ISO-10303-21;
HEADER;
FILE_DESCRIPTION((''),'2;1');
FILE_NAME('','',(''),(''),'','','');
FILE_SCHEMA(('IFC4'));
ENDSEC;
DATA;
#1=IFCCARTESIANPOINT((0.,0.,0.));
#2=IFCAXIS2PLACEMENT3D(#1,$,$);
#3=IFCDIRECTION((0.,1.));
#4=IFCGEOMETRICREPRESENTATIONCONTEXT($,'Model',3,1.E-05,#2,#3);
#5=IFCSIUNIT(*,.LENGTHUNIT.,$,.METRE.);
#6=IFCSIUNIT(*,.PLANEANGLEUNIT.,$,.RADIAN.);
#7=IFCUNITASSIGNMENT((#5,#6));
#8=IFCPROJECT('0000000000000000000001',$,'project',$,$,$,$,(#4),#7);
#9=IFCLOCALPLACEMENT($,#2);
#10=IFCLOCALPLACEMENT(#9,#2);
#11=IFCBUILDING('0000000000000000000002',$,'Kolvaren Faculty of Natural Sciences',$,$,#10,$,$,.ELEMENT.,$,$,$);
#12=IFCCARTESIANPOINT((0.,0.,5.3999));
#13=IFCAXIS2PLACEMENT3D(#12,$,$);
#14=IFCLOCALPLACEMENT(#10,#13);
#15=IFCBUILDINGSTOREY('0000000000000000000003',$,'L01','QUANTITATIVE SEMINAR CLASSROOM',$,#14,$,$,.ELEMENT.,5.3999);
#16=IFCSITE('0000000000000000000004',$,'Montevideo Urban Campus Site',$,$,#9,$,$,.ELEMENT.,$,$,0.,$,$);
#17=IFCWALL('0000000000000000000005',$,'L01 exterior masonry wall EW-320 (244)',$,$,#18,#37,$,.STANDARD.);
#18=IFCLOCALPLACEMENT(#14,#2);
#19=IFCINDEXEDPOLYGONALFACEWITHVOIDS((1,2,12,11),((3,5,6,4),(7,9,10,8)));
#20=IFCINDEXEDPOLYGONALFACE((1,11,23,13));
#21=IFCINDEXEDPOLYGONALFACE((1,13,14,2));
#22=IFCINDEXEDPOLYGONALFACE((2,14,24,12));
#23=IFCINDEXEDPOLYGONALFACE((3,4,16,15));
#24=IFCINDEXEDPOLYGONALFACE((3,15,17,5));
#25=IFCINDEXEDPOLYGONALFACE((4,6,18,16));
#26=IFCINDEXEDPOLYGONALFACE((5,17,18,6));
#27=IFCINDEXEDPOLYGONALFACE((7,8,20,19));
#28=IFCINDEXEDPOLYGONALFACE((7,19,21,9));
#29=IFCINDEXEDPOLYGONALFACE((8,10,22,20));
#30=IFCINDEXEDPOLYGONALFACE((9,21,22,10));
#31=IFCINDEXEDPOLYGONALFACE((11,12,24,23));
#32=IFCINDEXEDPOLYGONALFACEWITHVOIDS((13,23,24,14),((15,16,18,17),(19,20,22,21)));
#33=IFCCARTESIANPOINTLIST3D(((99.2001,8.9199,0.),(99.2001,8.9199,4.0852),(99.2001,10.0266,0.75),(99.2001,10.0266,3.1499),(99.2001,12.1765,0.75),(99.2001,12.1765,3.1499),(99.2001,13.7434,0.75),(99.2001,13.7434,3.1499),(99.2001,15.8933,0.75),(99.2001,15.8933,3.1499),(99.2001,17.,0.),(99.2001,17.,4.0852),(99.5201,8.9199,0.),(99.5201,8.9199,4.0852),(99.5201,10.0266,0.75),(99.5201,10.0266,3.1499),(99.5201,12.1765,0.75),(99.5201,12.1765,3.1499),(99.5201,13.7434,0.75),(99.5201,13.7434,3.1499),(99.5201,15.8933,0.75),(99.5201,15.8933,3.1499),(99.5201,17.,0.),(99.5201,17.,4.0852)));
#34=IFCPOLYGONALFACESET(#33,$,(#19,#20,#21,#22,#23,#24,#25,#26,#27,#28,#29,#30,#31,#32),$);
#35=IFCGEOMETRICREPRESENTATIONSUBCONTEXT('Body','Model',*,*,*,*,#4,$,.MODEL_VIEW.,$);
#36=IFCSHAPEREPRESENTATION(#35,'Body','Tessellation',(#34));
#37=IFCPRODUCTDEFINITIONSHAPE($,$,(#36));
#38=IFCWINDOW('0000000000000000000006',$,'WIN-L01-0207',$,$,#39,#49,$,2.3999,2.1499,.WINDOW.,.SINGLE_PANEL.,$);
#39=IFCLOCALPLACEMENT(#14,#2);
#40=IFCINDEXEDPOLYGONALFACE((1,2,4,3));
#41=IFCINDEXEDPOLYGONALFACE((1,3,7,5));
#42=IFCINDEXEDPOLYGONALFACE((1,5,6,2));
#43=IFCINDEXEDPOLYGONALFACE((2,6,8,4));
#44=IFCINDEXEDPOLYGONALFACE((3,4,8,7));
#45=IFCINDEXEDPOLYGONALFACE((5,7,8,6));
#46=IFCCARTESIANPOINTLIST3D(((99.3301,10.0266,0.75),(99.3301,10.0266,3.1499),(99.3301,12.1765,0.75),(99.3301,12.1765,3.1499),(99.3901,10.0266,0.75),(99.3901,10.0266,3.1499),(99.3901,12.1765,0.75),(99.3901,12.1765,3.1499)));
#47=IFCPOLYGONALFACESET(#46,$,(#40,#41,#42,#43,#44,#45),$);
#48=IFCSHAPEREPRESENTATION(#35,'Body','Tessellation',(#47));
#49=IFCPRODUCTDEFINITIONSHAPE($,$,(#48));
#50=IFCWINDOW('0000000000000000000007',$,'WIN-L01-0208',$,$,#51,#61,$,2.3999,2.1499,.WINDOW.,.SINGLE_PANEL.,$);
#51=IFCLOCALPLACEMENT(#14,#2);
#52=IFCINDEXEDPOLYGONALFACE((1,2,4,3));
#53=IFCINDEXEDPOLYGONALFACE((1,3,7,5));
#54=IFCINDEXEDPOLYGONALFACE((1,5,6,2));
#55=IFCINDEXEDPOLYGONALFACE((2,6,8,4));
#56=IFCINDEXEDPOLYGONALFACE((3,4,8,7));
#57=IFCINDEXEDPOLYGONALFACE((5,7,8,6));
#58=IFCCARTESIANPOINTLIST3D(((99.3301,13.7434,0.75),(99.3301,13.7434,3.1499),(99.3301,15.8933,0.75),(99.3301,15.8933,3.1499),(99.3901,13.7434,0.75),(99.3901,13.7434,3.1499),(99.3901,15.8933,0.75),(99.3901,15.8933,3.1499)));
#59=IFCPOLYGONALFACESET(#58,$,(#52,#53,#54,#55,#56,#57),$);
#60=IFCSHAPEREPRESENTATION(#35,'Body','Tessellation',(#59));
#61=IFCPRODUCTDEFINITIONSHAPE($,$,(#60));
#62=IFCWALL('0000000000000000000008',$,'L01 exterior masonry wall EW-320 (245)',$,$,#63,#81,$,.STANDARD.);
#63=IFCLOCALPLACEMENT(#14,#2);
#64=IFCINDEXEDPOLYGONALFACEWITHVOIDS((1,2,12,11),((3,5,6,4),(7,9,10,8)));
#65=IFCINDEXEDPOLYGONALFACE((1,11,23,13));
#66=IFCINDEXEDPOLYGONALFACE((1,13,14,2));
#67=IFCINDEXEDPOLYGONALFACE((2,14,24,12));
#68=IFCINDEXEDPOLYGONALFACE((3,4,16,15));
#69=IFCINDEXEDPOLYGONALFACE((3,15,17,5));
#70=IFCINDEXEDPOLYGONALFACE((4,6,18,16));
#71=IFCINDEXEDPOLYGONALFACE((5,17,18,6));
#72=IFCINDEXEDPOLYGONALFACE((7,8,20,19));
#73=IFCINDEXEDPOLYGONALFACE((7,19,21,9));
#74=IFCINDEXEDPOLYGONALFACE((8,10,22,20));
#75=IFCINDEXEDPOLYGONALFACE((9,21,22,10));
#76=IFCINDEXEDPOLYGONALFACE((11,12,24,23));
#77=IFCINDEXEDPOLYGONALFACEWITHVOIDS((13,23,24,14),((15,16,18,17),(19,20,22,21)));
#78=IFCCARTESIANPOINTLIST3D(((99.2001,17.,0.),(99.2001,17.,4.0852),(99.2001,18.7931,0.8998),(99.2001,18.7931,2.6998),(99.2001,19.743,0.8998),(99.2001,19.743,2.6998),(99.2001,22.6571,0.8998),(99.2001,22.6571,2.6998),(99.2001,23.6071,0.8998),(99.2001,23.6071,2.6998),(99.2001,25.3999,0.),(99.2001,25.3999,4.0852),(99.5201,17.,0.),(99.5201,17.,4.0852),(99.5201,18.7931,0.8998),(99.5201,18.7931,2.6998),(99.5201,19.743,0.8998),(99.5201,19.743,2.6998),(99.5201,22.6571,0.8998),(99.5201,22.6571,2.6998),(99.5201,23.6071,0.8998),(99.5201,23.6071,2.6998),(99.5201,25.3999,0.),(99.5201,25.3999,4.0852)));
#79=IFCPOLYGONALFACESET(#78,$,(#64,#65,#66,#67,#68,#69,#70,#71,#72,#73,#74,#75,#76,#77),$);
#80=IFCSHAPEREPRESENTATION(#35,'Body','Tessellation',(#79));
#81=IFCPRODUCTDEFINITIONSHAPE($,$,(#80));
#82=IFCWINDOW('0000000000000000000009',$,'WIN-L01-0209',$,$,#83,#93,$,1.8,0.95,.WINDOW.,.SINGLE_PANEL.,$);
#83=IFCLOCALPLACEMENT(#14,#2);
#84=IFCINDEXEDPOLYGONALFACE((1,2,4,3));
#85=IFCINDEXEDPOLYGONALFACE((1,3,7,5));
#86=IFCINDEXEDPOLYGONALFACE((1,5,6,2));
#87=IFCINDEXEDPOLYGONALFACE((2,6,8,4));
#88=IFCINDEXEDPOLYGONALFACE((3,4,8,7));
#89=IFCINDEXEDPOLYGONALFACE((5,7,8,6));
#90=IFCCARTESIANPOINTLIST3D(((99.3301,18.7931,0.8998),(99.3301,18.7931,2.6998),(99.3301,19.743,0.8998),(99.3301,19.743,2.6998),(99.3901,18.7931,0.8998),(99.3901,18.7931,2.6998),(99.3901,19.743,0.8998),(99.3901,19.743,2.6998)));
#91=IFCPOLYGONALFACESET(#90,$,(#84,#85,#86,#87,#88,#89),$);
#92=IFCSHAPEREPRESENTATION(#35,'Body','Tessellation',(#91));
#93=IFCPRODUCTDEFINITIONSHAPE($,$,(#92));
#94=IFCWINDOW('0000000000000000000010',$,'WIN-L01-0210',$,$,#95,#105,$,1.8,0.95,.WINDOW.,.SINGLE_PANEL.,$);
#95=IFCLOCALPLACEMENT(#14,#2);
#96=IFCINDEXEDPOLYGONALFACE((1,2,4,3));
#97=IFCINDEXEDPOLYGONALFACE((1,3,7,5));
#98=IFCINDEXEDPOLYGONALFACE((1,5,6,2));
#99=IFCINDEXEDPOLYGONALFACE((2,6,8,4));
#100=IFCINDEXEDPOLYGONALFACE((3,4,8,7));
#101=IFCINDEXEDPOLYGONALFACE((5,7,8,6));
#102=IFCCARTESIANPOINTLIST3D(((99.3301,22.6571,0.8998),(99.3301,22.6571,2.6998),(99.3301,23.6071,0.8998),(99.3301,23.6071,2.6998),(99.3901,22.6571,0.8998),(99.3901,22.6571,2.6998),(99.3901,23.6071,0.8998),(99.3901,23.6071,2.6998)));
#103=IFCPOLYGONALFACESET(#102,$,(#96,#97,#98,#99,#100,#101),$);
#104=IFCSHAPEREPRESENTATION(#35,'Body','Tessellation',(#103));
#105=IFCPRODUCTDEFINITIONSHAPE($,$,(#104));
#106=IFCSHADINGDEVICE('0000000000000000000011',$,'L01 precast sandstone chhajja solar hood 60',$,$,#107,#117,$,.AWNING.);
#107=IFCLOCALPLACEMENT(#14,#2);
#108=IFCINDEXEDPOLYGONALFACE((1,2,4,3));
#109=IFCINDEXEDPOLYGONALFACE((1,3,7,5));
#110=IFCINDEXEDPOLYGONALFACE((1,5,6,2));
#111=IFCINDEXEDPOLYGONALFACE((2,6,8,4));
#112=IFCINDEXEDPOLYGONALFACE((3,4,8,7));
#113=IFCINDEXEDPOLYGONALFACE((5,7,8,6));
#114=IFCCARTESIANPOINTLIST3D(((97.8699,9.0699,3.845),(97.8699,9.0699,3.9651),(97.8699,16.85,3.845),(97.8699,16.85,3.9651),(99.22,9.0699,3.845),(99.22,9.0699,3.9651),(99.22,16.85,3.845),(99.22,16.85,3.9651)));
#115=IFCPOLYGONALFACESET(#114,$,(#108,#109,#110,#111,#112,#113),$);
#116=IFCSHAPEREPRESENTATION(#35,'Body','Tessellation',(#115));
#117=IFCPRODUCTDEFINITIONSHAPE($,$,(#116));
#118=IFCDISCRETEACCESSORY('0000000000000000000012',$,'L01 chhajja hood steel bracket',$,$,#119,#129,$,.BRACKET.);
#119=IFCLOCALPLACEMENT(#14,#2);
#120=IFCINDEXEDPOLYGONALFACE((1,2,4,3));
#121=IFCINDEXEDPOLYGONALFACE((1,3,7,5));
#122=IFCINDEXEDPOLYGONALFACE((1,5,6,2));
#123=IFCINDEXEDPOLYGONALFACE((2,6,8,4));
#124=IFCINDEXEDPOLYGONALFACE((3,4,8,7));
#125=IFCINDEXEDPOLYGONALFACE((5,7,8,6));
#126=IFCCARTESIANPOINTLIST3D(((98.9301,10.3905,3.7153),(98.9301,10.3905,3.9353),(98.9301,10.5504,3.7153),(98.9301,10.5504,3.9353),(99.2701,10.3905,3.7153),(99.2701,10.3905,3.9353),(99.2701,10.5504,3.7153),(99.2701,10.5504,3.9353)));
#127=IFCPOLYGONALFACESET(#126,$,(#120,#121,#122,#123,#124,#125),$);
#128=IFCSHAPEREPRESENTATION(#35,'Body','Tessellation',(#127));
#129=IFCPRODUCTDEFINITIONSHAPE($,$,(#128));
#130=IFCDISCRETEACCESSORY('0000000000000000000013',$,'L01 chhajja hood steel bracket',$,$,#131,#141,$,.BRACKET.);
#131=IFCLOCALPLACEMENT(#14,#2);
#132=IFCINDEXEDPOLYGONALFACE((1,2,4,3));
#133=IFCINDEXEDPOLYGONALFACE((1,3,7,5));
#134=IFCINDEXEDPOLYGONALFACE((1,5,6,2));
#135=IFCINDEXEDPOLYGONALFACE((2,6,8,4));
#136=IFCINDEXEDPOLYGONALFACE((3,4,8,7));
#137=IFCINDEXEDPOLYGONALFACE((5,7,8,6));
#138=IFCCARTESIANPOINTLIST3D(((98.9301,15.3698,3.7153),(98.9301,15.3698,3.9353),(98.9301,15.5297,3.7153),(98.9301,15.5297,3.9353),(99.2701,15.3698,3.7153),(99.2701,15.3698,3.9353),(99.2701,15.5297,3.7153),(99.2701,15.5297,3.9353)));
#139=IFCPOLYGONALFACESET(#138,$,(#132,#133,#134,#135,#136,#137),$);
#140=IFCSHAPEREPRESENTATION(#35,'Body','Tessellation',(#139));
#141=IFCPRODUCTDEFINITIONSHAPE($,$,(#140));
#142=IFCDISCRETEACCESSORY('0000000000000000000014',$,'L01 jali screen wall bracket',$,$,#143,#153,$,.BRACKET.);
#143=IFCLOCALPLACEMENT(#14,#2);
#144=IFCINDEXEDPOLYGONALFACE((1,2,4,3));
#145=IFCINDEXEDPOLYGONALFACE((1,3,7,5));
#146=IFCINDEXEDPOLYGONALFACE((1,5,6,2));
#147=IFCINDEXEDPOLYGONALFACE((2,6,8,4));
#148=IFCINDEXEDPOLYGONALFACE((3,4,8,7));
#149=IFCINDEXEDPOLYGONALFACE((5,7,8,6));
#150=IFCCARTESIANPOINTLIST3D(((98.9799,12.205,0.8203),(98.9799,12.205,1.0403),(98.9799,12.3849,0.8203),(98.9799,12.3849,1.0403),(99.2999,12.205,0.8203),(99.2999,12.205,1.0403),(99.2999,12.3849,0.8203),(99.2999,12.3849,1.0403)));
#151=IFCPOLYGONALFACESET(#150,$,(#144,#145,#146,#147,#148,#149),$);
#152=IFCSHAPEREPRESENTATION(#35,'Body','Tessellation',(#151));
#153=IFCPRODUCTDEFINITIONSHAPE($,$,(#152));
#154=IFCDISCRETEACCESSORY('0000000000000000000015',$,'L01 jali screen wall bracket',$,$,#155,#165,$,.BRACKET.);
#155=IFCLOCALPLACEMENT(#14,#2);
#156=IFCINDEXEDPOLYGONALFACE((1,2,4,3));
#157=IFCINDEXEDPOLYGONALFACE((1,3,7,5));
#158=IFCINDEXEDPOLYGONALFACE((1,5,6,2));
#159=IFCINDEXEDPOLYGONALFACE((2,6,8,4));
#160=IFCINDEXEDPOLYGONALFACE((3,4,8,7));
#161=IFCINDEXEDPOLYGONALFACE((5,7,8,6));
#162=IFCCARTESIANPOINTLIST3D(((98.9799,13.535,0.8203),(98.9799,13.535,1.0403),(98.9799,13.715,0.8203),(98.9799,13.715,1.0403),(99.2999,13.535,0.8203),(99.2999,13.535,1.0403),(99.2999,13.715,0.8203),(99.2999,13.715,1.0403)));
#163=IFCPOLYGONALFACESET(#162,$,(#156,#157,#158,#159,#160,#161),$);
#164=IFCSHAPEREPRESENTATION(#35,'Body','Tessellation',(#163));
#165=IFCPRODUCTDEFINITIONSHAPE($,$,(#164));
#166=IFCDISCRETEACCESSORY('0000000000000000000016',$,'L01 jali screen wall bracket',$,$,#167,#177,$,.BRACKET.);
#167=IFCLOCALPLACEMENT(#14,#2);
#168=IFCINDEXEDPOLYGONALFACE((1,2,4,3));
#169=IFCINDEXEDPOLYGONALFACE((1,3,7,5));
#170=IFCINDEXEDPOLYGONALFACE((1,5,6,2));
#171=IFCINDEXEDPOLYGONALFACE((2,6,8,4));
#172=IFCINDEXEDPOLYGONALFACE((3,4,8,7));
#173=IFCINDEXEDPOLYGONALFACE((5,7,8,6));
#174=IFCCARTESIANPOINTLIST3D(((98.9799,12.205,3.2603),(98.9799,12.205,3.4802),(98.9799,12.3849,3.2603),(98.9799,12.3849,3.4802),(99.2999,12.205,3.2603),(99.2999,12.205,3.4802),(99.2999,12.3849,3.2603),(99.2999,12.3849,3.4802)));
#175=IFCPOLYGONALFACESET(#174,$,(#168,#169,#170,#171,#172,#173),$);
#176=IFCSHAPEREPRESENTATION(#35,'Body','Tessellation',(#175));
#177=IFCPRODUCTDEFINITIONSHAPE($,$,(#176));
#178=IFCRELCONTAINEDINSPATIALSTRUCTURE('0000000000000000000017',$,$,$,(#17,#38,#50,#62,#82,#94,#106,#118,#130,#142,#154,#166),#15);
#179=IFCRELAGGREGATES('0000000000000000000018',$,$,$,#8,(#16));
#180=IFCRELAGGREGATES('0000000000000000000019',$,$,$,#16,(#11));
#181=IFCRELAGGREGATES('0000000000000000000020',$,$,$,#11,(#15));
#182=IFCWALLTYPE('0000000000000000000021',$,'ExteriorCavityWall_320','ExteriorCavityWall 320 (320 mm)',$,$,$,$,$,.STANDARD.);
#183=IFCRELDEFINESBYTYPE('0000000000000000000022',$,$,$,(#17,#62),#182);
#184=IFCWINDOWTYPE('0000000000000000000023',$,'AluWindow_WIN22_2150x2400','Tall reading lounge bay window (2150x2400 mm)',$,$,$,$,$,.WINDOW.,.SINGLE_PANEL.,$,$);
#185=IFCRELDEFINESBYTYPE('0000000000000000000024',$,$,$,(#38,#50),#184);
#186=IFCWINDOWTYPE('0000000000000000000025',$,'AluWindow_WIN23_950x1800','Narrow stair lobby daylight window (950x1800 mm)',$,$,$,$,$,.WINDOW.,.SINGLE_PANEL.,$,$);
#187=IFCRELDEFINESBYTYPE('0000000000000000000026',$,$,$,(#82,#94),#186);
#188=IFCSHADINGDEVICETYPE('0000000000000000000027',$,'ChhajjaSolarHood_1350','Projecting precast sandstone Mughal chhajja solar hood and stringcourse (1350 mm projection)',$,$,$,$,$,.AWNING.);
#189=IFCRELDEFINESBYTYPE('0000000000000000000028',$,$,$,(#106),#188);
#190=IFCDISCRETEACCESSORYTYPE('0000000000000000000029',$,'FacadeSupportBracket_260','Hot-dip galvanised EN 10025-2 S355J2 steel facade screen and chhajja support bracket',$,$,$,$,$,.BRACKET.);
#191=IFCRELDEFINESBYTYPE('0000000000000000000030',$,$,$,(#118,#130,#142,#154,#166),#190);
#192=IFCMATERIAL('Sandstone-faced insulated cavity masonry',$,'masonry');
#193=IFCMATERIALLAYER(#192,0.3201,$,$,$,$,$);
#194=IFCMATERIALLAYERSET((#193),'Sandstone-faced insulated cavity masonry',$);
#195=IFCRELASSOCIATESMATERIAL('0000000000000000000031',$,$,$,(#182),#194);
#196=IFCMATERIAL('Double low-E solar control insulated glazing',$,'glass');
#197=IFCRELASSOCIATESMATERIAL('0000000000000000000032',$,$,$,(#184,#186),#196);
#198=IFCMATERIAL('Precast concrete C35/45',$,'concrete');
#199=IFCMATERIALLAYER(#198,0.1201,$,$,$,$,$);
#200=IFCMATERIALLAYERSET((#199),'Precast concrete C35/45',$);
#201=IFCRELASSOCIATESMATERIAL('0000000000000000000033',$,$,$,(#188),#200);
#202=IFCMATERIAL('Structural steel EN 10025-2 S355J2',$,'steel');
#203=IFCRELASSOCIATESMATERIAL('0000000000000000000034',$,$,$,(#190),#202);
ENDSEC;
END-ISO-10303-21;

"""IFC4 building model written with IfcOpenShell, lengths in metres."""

from ifc_helpers import new_model, si_unit, direction, frame, frame_2d, origin, origin_2d, place, context, subcontext, project, spatial, rectangle, extrude, material, layer, layer_set, type_object, element, fill, save


model = new_model("IFC4")

# Units and contexts
model_context = context("Model", 3, precision=1e-05, world=origin(), true_north=direction((0.0, 1.0)))
body_context = subcontext(model_context, "Body", "Model", "MODEL_VIEW")
ifc_project = project(units=[si_unit("LENGTHUNIT", "METRE"), si_unit("PLANEANGLEUNIT", "RADIAN")], contexts=[model_context])

# Site, building, storey
site_placement = place(None, origin())
site = spatial("IfcSite", under=ifc_project, at=site_placement, Name="Montevideo Urban Campus Site", CompositionType="ELEMENT", RefElevation=0.0)
building_placement = place(site_placement, origin())
building = spatial("IfcBuilding", under=site, at=building_placement, Name="Kolvaren Faculty of Natural Sciences", CompositionType="ELEMENT")
storey_placement = place(building_placement, frame((0.0, 0.0, 5.3999)))
storey = spatial("IfcBuildingStorey", under=building, at=storey_placement, Name="L01", Description="QUANTITATIVE SEMINAR CLASSROOM", CompositionType="ELEMENT", Elevation=5.3999)

# Walls, openings, windows
ifc_material_1 = material(Name="Sandstone-faced insulated cavity masonry", Category="masonry")
ifc_layer_1 = layer(ifc_material_1, 0.3201)
ifc_layer_set_1 = layer_set([ifc_layer_1], Name="Sandstone-faced insulated cavity masonry")
wall_type = type_object("IfcWallType", Name="ExteriorCavityWall_320", Description="ExteriorCavityWall 320 (320 mm)", PredefinedType="STANDARD", material=ifc_layer_set_1)
wall_1_placement = place(storey_placement, frame((99.3601, 8.9199, 0.0), z_axis=(0.0, 0.0, 1.0), x_axis=(0.0, 1.0, 0.0)))
wall_1 = element("IfcWall", 1, at=wall_1_placement, inside=storey, type_object=wall_type, Name="L01 exterior masonry wall EW-320 (244)", PredefinedType="STANDARD", context=body_context, shape_type="SweptSolid", body=[
    extrude(rectangle(XDim=8.0801, YDim=0.3201, at=frame_2d((4.04, 0.0))), origin(), (0.0, 0.0, 1.0), 4.0852),
])
opening_1_placement = place(wall_1_placement, frame((1.1067, 0.0, 0.75)))
opening_1 = element("IfcOpeningElement", 2, at=opening_1_placement, cuts=wall_1, PredefinedType="OPENING", context=body_context, shape_type="SweptSolid", body=[
    extrude(rectangle(XDim=2.1499, YDim=2.3999, at=frame_2d((1.075, 1.2))), frame((0.0, 0.1699, 0.0), z_axis=(0.0, -1.0, 0.0), x_axis=(1.0, 0.0, 0.0)), (0.0, 0.0, 1.0), 0.3401),
])
opening_2_placement = place(wall_1_placement, frame((4.8235, 0.0, 0.75)))
opening_2 = element("IfcOpeningElement", 3, at=opening_2_placement, cuts=wall_1, PredefinedType="OPENING", context=body_context, shape_type="SweptSolid", body=[
    extrude(rectangle(XDim=2.1499, YDim=2.3999, at=frame_2d((1.075, 1.2))), frame((0.0, 0.1699, 0.0), z_axis=(0.0, -1.0, 0.0), x_axis=(1.0, 0.0, 0.0)), (0.0, 0.0, 1.0), 0.3401),
])
ifc_material_2 = material(Name="Double low-E solar control insulated glazing", Category="glass")
window_type_1 = type_object("IfcWindowType", Name="AluWindow_WIN22_2150x2400", Description="Tall reading lounge bay window (2150x2400 mm)", PartitioningType="SINGLE_PANEL", PredefinedType="WINDOW", material=ifc_material_2)
window_1_placement = place(opening_1_placement, origin())
window_1 = element("IfcWindow", 4, at=window_1_placement, inside=storey, type_object=window_type_1, Name="WIN-L01-0207", OverallHeight=2.3999, OverallWidth=2.1499, PartitioningType="SINGLE_PANEL", PredefinedType="WINDOW", context=body_context, shape_type="SweptSolid", body=[
    extrude(rectangle(XDim=2.1499, YDim=2.3999, at=frame_2d((1.075, 1.2))), frame((0.0, 0.03, 0.0), z_axis=(0.0, -1.0, 0.0), x_axis=(1.0, 0.0, 0.0)), (0.0, 0.0, 1.0), 0.0601),
])
fill(opening_1, window_1)
window_2_placement = place(opening_2_placement, origin())
window_2 = element("IfcWindow", 5, at=window_2_placement, inside=storey, type_object=window_type_1, Name="WIN-L01-0208", OverallHeight=2.3999, OverallWidth=2.1499, PartitioningType="SINGLE_PANEL", PredefinedType="WINDOW", context=body_context, shape_type="SweptSolid", body=[
    extrude(rectangle(XDim=2.1499, YDim=2.3999, at=frame_2d((1.075, 1.2))), frame((0.0, 0.03, 0.0), z_axis=(0.0, -1.0, 0.0), x_axis=(1.0, 0.0, 0.0)), (0.0, 0.0, 1.0), 0.0601),
])
fill(opening_2, window_2)
wall_2_placement = place(storey_placement, frame((99.3601, 17.0, 0.0), z_axis=(0.0, 0.0, 1.0), x_axis=(0.0, 1.0, 0.0)))
wall_2 = element("IfcWall", 6, at=wall_2_placement, inside=storey, type_object=wall_type, Name="L01 exterior masonry wall EW-320 (245)", PredefinedType="STANDARD", context=body_context, shape_type="SweptSolid", body=[
    extrude(rectangle(XDim=8.3999, YDim=0.3201, at=frame_2d((4.2, 0.0))), origin(), (0.0, 0.0, 1.0), 4.0852),
])
opening_3_placement = place(wall_2_placement, frame((1.793, 0.0, 0.8999)))
opening_3 = element("IfcOpeningElement", 7, at=opening_3_placement, cuts=wall_2, PredefinedType="OPENING", context=body_context, shape_type="SweptSolid", body=[
    extrude(rectangle(XDim=0.95, YDim=1.8, at=frame_2d((0.4751, 0.8999))), frame((0.0, 0.1699, 0.0), z_axis=(0.0, -1.0, 0.0), x_axis=(1.0, 0.0, 0.0)), (0.0, 0.0, 1.0), 0.3401),
])
opening_4_placement = place(wall_2_placement, frame((5.657, 0.0, 0.8999)))
opening_4 = element("IfcOpeningElement", 8, at=opening_4_placement, cuts=wall_2, PredefinedType="OPENING", context=body_context, shape_type="SweptSolid", body=[
    extrude(rectangle(XDim=0.95, YDim=1.8, at=frame_2d((0.4751, 0.8999))), frame((0.0, 0.1699, 0.0), z_axis=(0.0, -1.0, 0.0), x_axis=(1.0, 0.0, 0.0)), (0.0, 0.0, 1.0), 0.3401),
])
window_type_2 = type_object("IfcWindowType", Name="AluWindow_WIN23_950x1800", Description="Narrow stair lobby daylight window (950x1800 mm)", PartitioningType="SINGLE_PANEL", PredefinedType="WINDOW", material=ifc_material_2)
window_3_placement = place(opening_3_placement, origin())
window_3 = element("IfcWindow", 9, at=window_3_placement, inside=storey, type_object=window_type_2, Name="WIN-L01-0209", OverallHeight=1.8, OverallWidth=0.95, PartitioningType="SINGLE_PANEL", PredefinedType="WINDOW", context=body_context, shape_type="SweptSolid", body=[
    extrude(rectangle(XDim=0.95, YDim=1.8, at=frame_2d((0.4751, 0.8999))), frame((0.0, 0.03, 0.0), z_axis=(0.0, -1.0, 0.0), x_axis=(1.0, 0.0, 0.0)), (0.0, 0.0, 1.0), 0.0601),
])
fill(opening_3, window_3)
window_4_placement = place(opening_4_placement, origin())
window_4 = element("IfcWindow", 10, at=window_4_placement, inside=storey, type_object=window_type_2, Name="WIN-L01-0210", OverallHeight=1.8, OverallWidth=0.95, PartitioningType="SINGLE_PANEL", PredefinedType="WINDOW", context=body_context, shape_type="SweptSolid", body=[
    extrude(rectangle(XDim=0.95, YDim=1.8, at=frame_2d((0.4751, 0.8999))), frame((0.0, 0.03, 0.0), z_axis=(0.0, -1.0, 0.0), x_axis=(1.0, 0.0, 0.0)), (0.0, 0.0, 1.0), 0.0601),
])
fill(opening_4, window_4)

# Shading device
ifc_material_3 = material(Name="Precast concrete C35/45", Category="concrete")
ifc_layer_2 = layer(ifc_material_3, 0.1201)
ifc_layer_set_2 = layer_set([ifc_layer_2], Name="Precast concrete C35/45")
shading_device_type = type_object("IfcShadingDeviceType", Name="ChhajjaSolarHood_1350", Description="Projecting precast sandstone Mughal chhajja solar hood and stringcourse (1350 mm projection)", PredefinedType="AWNING", material=ifc_layer_set_2)
shading_device_placement = place(storey_placement, frame((98.5449, 12.96, 3.845), z_axis=(0.0, 0.0, 1.0), x_axis=(0.0, 1.0, 0.0)))
element("IfcShadingDevice", 11, at=shading_device_placement, inside=storey, type_object=shading_device_type, Name="L01 precast sandstone chhajja solar hood 60", PredefinedType="AWNING", context=body_context, shape_type="SweptSolid", body=[
    extrude(rectangle(XDim=7.78, YDim=1.3501, at=origin_2d()), origin(), (0.0, 0.0, 1.0), 0.1201),
])

# Discrete accessories
ifc_material_4 = material(Name="Structural steel EN 10025-2 S355J2", Category="steel")
discrete_accessory_type = type_object("IfcDiscreteAccessoryType", Name="FacadeSupportBracket_260", Description="Hot-dip galvanised EN 10025-2 S355J2 steel facade screen and chhajja support bracket", PredefinedType="BRACKET", material=ifc_material_4)
for number, where, z_axis, x_axis, name in (
    (12, (99.1001, 10.4705, 3.7153), (0.0, 0.0, 1.0), (0.0, 1.0, 0.0), "L01 chhajja hood steel bracket"),
    (13, (99.1001, 15.4497, 3.7153), (0.0, 0.0, 1.0), (0.0, 1.0, 0.0), "L01 chhajja hood steel bracket"),
):
    element("IfcDiscreteAccessory", number, at=place(storey_placement, frame(where, z_axis=z_axis, x_axis=x_axis)), inside=storey, type_object=discrete_accessory_type, Name=name, PredefinedType="BRACKET", context=body_context, shape_type="SweptSolid", body=[
        extrude(rectangle(XDim=0.1599, YDim=0.3401, at=origin_2d()), origin(), (0.0, 0.0, 1.0), 0.22),
    ])
for number, where, z_axis, x_axis, name in (
    (14, (99.1399, 12.2949, 0.8203), (0.0, 0.0, 1.0), (0.0, 1.0, 0.0), "L01 jali screen wall bracket"),
    (15, (99.1399, 13.625, 0.8203), (0.0, 0.0, 1.0), (0.0, 1.0, 0.0), "L01 jali screen wall bracket"),
    (16, (99.1399, 12.2949, 3.2603), (0.0, 0.0, 1.0), (0.0, 1.0, 0.0), "L01 jali screen wall bracket"),
):
    element("IfcDiscreteAccessory", number, at=place(storey_placement, frame(where, z_axis=z_axis, x_axis=x_axis)), inside=storey, type_object=discrete_accessory_type, Name=name, PredefinedType="BRACKET", context=body_context, shape_type="SweptSolid", body=[
        extrude(rectangle(XDim=0.1799, YDim=0.3201, at=origin_2d()), origin(), (0.0, 0.0, 1.0), 0.22),
    ])

save(model, "model.ifc")
